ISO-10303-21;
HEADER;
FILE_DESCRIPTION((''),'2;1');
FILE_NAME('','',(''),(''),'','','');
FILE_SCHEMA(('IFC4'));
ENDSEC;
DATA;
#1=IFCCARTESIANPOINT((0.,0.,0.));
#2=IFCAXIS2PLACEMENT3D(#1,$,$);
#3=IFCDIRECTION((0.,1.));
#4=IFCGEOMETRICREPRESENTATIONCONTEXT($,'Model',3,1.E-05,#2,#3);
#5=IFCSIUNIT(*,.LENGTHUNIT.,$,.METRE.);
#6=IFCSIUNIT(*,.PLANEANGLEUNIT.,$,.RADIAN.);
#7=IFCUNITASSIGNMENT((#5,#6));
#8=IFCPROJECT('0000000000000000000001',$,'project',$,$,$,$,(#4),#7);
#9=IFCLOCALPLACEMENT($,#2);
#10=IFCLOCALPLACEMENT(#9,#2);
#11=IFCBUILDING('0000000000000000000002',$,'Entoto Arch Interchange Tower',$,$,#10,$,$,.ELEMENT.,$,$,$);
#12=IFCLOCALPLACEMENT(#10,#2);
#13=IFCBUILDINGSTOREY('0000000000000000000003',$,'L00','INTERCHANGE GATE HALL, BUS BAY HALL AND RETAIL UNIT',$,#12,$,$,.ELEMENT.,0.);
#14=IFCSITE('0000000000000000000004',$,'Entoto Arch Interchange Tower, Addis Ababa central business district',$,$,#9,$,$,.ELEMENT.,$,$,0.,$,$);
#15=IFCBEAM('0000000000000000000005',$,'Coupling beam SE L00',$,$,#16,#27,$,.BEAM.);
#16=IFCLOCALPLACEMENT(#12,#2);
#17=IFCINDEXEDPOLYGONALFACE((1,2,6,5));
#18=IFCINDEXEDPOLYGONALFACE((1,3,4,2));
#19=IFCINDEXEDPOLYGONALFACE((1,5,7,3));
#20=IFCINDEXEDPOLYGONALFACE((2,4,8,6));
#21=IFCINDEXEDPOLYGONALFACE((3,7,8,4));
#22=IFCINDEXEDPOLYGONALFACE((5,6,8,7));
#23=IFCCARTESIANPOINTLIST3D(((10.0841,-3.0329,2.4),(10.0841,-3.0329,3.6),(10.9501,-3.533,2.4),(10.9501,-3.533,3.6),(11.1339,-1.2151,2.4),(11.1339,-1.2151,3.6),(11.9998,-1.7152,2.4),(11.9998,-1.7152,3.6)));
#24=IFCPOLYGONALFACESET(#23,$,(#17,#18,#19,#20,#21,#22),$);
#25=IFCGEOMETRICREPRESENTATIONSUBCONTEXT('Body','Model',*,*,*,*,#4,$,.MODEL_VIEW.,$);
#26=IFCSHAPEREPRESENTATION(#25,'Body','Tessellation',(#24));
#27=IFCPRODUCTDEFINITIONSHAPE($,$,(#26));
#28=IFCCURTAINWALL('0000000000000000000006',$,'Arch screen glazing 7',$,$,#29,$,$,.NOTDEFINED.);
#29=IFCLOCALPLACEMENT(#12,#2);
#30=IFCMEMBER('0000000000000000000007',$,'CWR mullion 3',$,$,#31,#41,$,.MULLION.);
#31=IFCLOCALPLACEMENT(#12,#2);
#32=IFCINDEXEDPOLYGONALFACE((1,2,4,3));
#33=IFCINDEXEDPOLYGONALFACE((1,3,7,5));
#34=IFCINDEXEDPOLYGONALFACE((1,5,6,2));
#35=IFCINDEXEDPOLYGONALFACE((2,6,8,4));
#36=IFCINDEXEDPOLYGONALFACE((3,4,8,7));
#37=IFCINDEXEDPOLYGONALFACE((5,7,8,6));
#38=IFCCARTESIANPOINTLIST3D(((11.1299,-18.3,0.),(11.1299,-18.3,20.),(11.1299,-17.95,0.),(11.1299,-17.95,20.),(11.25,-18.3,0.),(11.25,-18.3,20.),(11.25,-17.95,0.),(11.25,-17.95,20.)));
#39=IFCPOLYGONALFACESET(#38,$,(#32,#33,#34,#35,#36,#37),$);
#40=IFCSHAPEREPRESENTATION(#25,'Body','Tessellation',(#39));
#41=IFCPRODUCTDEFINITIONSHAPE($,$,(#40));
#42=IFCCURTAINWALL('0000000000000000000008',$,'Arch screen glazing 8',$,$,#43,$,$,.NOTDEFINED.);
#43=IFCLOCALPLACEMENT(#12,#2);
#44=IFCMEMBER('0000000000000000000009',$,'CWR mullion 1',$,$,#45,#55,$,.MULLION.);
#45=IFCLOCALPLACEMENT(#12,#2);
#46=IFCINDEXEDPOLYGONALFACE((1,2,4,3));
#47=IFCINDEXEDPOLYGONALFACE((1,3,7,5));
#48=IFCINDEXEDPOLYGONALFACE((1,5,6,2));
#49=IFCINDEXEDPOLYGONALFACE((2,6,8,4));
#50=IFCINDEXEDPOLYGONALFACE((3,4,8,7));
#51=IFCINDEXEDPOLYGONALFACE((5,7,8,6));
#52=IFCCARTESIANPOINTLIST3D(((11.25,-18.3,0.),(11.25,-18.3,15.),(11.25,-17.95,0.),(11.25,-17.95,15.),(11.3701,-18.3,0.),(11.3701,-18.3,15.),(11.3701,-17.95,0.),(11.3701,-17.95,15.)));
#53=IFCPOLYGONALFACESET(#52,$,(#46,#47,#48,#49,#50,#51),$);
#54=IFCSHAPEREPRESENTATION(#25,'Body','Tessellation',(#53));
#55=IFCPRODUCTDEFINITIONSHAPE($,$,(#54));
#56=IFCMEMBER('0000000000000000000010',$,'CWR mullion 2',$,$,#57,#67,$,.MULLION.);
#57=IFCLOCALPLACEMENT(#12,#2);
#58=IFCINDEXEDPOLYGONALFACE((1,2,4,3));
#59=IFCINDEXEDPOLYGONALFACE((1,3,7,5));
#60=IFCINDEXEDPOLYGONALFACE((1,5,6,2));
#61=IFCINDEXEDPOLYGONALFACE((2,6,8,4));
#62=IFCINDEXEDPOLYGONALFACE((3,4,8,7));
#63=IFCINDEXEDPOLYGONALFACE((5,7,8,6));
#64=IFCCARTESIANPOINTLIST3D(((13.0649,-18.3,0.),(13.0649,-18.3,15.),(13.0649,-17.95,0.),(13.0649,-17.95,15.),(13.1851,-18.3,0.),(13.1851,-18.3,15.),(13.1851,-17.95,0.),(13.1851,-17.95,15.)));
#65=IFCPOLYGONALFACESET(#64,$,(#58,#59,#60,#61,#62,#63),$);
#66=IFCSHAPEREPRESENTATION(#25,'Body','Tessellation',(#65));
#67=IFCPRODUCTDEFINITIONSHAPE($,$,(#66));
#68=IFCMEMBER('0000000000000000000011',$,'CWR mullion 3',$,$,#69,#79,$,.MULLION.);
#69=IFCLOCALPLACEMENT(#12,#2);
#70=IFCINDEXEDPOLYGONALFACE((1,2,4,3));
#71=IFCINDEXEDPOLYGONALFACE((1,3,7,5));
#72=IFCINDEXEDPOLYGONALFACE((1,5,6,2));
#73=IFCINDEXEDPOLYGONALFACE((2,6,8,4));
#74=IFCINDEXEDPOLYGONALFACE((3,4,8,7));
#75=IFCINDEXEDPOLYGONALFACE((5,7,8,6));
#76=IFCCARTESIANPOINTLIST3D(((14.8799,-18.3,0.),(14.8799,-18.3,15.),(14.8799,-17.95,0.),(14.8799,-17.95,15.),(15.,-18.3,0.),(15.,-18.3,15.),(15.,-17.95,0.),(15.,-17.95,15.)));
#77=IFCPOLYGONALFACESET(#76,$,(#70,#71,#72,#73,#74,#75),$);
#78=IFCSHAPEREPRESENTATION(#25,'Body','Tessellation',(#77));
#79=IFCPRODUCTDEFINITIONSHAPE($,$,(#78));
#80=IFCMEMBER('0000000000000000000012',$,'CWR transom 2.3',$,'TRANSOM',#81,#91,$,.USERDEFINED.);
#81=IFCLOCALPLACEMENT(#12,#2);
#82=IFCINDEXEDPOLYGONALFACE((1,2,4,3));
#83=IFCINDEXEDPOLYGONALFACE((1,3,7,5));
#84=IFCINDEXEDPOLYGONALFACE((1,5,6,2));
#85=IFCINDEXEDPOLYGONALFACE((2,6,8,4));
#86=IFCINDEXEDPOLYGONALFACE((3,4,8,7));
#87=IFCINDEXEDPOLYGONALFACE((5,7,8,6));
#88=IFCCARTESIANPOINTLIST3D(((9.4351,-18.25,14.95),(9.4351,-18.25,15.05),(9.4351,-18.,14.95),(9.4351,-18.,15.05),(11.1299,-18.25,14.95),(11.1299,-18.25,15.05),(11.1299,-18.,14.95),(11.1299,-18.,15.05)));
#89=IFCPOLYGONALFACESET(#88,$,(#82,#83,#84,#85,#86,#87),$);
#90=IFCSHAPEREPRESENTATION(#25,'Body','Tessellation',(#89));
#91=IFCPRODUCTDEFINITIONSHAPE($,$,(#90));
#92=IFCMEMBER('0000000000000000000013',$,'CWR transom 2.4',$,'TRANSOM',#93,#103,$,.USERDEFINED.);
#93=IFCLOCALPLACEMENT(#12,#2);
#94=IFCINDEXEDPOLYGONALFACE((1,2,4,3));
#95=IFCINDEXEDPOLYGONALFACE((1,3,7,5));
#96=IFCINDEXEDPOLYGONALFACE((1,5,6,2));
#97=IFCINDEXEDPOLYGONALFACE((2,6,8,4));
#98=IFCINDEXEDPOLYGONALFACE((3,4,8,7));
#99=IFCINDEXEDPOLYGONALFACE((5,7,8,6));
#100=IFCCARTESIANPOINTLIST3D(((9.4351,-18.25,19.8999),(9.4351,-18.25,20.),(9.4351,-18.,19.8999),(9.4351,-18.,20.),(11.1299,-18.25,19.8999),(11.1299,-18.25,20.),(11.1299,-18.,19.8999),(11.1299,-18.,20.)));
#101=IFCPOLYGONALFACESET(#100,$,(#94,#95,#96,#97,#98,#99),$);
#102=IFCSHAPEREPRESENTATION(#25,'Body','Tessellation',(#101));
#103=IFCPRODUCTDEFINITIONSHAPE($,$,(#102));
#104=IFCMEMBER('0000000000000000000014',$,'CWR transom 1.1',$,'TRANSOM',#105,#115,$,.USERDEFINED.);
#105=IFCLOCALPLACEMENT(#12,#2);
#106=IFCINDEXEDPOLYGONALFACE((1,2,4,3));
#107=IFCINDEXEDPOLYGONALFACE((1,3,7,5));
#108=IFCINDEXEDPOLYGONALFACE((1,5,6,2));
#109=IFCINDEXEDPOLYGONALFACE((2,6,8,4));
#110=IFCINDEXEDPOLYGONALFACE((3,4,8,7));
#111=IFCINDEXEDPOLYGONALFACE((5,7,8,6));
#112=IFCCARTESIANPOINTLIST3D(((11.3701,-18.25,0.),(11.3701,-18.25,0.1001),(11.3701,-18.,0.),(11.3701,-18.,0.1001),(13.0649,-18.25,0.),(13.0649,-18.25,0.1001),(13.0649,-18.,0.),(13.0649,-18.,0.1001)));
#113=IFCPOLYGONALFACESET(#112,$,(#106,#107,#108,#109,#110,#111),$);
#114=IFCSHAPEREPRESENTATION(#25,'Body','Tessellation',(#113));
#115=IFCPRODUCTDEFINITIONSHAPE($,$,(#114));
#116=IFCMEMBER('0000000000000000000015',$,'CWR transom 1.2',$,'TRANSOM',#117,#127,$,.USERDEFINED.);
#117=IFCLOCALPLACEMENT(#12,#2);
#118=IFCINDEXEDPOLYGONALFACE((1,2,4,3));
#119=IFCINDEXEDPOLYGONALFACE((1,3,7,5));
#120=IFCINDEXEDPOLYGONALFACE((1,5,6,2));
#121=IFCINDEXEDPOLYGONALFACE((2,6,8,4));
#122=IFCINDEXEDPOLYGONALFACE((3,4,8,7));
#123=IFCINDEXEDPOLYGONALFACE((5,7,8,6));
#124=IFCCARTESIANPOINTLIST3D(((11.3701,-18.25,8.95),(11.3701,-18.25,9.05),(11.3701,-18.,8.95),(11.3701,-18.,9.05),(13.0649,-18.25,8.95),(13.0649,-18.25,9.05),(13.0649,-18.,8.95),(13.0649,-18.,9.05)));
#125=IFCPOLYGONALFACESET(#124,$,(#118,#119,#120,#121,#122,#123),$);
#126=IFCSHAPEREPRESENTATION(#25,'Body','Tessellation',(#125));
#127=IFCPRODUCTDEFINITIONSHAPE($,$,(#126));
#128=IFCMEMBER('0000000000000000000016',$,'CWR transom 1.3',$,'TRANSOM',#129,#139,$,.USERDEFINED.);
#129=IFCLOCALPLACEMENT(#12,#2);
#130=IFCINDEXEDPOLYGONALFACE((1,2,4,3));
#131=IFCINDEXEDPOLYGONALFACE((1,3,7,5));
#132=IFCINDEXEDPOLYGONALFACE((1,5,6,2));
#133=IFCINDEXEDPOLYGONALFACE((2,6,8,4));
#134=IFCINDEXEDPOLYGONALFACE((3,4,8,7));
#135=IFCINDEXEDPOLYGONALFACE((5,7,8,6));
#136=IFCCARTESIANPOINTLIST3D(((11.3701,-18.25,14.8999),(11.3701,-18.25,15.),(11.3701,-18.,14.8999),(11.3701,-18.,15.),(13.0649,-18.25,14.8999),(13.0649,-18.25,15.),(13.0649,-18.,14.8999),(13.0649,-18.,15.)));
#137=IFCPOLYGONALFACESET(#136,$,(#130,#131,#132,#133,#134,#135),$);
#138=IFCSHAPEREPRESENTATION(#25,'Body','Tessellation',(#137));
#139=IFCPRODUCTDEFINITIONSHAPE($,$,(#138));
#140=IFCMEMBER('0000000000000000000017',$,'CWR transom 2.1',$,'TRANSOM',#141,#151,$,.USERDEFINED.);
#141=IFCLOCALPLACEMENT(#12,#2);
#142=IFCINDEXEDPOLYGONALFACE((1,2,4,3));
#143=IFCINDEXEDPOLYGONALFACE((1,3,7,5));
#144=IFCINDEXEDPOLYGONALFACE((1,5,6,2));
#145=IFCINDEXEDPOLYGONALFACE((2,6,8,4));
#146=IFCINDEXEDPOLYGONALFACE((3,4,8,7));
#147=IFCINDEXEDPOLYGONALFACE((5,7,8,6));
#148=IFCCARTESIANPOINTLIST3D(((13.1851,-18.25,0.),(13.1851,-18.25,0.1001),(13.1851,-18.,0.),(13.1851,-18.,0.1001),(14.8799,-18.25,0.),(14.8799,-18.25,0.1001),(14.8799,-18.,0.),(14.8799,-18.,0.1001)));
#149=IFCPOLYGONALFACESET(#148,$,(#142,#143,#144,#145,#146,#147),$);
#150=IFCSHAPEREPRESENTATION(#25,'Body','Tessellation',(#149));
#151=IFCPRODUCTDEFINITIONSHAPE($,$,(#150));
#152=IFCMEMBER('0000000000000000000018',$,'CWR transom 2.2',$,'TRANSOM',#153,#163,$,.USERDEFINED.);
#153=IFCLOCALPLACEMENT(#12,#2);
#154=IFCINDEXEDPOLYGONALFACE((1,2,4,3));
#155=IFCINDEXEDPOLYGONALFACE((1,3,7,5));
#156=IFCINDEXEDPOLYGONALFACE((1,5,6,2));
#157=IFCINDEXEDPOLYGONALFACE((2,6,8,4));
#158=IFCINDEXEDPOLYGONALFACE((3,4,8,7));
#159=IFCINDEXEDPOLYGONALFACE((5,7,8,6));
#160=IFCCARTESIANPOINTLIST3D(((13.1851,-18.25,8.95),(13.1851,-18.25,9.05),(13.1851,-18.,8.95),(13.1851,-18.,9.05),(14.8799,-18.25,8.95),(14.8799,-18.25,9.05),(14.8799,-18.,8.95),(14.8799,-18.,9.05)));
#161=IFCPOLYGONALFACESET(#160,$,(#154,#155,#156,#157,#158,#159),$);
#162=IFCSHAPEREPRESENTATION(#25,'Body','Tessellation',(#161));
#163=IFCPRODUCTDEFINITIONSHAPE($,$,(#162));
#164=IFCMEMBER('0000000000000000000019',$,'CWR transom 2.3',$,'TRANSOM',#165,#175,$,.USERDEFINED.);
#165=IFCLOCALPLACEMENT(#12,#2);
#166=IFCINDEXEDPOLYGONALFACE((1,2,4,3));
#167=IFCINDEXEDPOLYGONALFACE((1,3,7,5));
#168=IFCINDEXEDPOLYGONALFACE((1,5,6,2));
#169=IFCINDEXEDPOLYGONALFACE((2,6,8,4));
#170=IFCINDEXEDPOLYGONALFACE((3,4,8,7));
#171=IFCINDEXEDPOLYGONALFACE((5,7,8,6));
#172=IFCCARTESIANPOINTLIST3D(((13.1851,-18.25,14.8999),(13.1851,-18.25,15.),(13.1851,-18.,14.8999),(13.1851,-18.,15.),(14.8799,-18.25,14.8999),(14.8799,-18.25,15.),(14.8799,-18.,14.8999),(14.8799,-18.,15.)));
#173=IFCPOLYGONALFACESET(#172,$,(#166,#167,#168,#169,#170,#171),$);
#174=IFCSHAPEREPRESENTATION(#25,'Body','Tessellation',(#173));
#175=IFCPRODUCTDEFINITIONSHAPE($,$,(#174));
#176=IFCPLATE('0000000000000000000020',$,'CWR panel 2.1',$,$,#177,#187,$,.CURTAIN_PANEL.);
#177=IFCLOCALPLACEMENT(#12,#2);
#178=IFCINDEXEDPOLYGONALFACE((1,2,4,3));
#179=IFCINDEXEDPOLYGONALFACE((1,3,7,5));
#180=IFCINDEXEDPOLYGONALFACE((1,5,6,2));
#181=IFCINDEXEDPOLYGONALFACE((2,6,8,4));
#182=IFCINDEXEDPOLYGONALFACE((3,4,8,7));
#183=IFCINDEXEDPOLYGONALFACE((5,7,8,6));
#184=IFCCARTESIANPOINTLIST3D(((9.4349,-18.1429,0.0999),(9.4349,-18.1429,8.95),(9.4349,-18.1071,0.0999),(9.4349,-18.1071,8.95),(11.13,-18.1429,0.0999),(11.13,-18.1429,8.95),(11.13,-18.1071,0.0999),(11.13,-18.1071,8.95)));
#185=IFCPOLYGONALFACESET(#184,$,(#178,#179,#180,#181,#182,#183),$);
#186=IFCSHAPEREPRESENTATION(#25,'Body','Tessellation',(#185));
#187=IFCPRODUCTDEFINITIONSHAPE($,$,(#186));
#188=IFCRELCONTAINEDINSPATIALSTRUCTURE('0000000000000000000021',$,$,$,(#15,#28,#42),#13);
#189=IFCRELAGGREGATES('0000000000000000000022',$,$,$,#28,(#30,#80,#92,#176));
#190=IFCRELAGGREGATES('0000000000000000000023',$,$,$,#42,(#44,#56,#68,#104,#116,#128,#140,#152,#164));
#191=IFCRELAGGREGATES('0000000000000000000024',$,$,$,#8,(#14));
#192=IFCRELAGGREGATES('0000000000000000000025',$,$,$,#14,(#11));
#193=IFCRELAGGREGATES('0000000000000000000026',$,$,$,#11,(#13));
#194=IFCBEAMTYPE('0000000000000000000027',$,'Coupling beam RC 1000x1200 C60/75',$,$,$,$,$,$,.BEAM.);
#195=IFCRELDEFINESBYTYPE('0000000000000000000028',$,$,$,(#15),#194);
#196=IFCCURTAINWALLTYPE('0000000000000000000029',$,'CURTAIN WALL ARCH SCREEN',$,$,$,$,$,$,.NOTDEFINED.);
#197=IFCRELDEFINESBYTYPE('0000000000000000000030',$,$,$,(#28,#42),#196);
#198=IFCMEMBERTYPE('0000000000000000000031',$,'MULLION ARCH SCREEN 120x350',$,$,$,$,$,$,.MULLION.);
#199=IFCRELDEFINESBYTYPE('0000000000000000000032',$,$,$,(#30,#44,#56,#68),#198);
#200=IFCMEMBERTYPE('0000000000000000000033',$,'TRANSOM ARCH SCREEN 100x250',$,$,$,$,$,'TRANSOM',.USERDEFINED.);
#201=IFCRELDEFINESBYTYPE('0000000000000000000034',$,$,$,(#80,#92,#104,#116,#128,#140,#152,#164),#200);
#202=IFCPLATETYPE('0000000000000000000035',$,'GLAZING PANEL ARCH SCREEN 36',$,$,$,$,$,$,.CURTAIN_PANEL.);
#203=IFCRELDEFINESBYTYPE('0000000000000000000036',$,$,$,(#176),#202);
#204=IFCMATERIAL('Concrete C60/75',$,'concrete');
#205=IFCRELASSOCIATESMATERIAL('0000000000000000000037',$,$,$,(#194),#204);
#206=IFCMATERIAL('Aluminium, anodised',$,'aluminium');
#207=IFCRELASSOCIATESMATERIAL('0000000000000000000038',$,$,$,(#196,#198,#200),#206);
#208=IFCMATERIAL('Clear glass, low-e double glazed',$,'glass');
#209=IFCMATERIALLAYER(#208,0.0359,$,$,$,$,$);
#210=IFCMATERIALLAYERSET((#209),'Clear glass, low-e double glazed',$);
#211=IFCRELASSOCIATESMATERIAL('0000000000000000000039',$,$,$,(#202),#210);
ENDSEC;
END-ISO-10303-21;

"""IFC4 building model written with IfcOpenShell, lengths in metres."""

from ifc_helpers import new_model, si_unit, direction, frame, origin, origin_2d, place, context, subcontext, project, spatial, rectangle, extrude, material, layer, layer_set, material_profile, profile_set, type_object, element, aggregate, save


model = new_model("IFC4")

# Units and contexts
model_context = context("Model", 3, precision=1e-05, world=origin(), true_north=direction((0.0, 1.0)))
body_context = subcontext(model_context, "Body", "Model", "MODEL_VIEW")
ifc_project = project(units=[si_unit("LENGTHUNIT", "METRE"), si_unit("PLANEANGLEUNIT", "RADIAN")], contexts=[model_context])

# Site, building, storey
site_placement = place(None, origin())
site = spatial("IfcSite", under=ifc_project, at=site_placement, Name="Entoto Arch Interchange Tower, Addis Ababa central business district", CompositionType="ELEMENT", RefElevation=0.0)
building_placement = place(site_placement, origin())
building = spatial("IfcBuilding", under=site, at=building_placement, Name="Entoto Arch Interchange Tower", CompositionType="ELEMENT")
storey_placement = place(building_placement, origin())
storey = spatial("IfcBuildingStorey", under=building, at=storey_placement, Name="L00", Description="INTERCHANGE GATE HALL, BUS BAY HALL AND RETAIL UNIT", CompositionType="ELEMENT", Elevation=0.0)

# Beam
ifc_material_1 = material(Name="Concrete C60/75", Category="concrete")
ifc_material_profile_1 = material_profile(ifc_material_1, rectangle(XDim=1.0, YDim=1.2, at=origin_2d()))
ifc_profile_set_1 = profile_set([ifc_material_profile_1], Name="Concrete C60/75")
beam_type = type_object("IfcBeamType", Name="Coupling beam RC 1000x1200 C60/75", PredefinedType="BEAM", material=ifc_profile_set_1)
beam_placement = place(storey_placement, frame((10.5171, -3.283, 3.0), z_axis=(0.500092, 0.865973, 0.0), x_axis=(-0.865973, 0.500092, 0.0)))
element("IfcBeam", 1, at=beam_placement, inside=storey, type_object=beam_type, Name="Coupling beam SE L00", PredefinedType="BEAM", context=body_context, shape_type="SweptSolid", body=[
    extrude(rectangle(XDim=1.0, YDim=1.2, at=origin_2d()), origin(), (0.0, 0.0, 1.0), 2.0991),
])

# Curtain wall, member
ifc_material_2 = material(Name="Aluminium, anodised", Category="aluminium")
curtain_wall_type = type_object("IfcCurtainWallType", Name="CURTAIN WALL ARCH SCREEN", PredefinedType="NOTDEFINED", material=ifc_material_2)
curtain_wall_1_placement = place(storey_placement, origin())
curtain_wall_1 = element("IfcCurtainWall", 2, at=curtain_wall_1_placement, inside=storey, type_object=curtain_wall_type, Name="Arch screen glazing 7", PredefinedType="NOTDEFINED")
ifc_material_profile_2 = material_profile(ifc_material_2, rectangle(XDim=0.3501, YDim=0.1201, at=origin_2d()))
ifc_profile_set_2 = profile_set([ifc_material_profile_2], Name="Aluminium, anodised")
member_type_1 = type_object("IfcMemberType", Name="MULLION ARCH SCREEN 120x350", PredefinedType="MULLION", material=ifc_profile_set_2)
member_1_placement = place(storey_placement, frame((11.1899, -18.125, 0.0), z_axis=(0.0, 0.0, 1.0), x_axis=(0.0, 1.0, 0.0)))
member_1 = element("IfcMember", 3, at=member_1_placement, type_object=member_type_1, Name="CWR mullion 3", PredefinedType="MULLION", context=body_context, shape_type="SweptSolid", body=[
    extrude(rectangle(XDim=0.3501, YDim=0.1201, at=origin_2d()), origin(), (0.0, 0.0, 1.0), 20.0),
])

# Curtain wall, members
curtain_wall_2_placement = place(storey_placement, origin())
curtain_wall_2 = element("IfcCurtainWall", 4, at=curtain_wall_2_placement, inside=storey, type_object=curtain_wall_type, Name="Arch screen glazing 8", PredefinedType="NOTDEFINED")
member_2_placement = place(storey_placement, frame((11.3101, -18.125, 0.0), z_axis=(0.0, 0.0, 1.0), x_axis=(0.0, 1.0, 0.0)))
member_2 = element("IfcMember", 5, at=member_2_placement, type_object=member_type_1, Name="CWR mullion 1", PredefinedType="MULLION", context=body_context, shape_type="SweptSolid", body=[
    extrude(rectangle(XDim=0.3501, YDim=0.1201, at=origin_2d()), origin(), (0.0, 0.0, 1.0), 15.0),
])
member_3_placement = place(storey_placement, frame((13.125, -18.125, 0.0), z_axis=(0.0, 0.0, 1.0), x_axis=(0.0, 1.0, 0.0)))
member_3 = element("IfcMember", 6, at=member_3_placement, type_object=member_type_1, Name="CWR mullion 2", PredefinedType="MULLION", context=body_context, shape_type="SweptSolid", body=[
    extrude(rectangle(XDim=0.3501, YDim=0.1201, at=origin_2d()), origin(), (0.0, 0.0, 1.0), 15.0),
])
member_4_placement = place(storey_placement, frame((14.9399, -18.125, 0.0), z_axis=(0.0, 0.0, 1.0), x_axis=(0.0, 1.0, 0.0)))
member_4 = element("IfcMember", 7, at=member_4_placement, type_object=member_type_1, Name="CWR mullion 3", PredefinedType="MULLION", context=body_context, shape_type="SweptSolid", body=[
    extrude(rectangle(XDim=0.3501, YDim=0.1201, at=origin_2d()), origin(), (0.0, 0.0, 1.0), 15.0),
])

# Members
ifc_material_profile_3 = material_profile(ifc_material_2, rectangle(XDim=0.25, YDim=0.1001, at=origin_2d()))
ifc_profile_set_3 = profile_set([ifc_material_profile_3], Name="Aluminium, anodised")
member_type_2 = type_object("IfcMemberType", Name="TRANSOM ARCH SCREEN 100x250", ElementType="TRANSOM", PredefinedType="USERDEFINED", material=ifc_profile_set_3)
member_5_placement = place(storey_placement, frame((9.4351, -18.125, 15.0), z_axis=(1.0, 0.0, 0.0), x_axis=(0.0, 1.0, 0.0)))
member_5 = element("IfcMember", 8, at=member_5_placement, type_object=member_type_2, Name="CWR transom 2.3", ObjectType="TRANSOM", PredefinedType="USERDEFINED", context=body_context, shape_type="SweptSolid", body=[
    extrude(rectangle(XDim=0.25, YDim=0.1001, at=origin_2d()), origin(), (0.0, 0.0, 1.0), 1.6948),
])
member_6_placement = place(storey_placement, frame((9.4351, -18.125, 19.95), z_axis=(1.0, 0.0, 0.0), x_axis=(0.0, 1.0, 0.0)))
member_6 = element("IfcMember", 9, at=member_6_placement, type_object=member_type_2, Name="CWR transom 2.4", ObjectType="TRANSOM", PredefinedType="USERDEFINED", context=body_context, shape_type="SweptSolid", body=[
    extrude(rectangle(XDim=0.25, YDim=0.1001, at=origin_2d()), origin(), (0.0, 0.0, 1.0), 1.6948),
])
member_7_placement = place(storey_placement, frame((11.3701, -18.125, 0.05), z_axis=(1.0, 0.0, 0.0), x_axis=(0.0, 1.0, 0.0)))
member_7 = element("IfcMember", 10, at=member_7_placement, type_object=member_type_2, Name="CWR transom 1.1", ObjectType="TRANSOM", PredefinedType="USERDEFINED", context=body_context, shape_type="SweptSolid", body=[
    extrude(rectangle(XDim=0.25, YDim=0.1001, at=origin_2d()), origin(), (0.0, 0.0, 1.0), 1.6948),
])
member_8_placement = place(storey_placement, frame((11.3701, -18.125, 9.0), z_axis=(1.0, 0.0, 0.0), x_axis=(0.0, 1.0, 0.0)))
member_8 = element("IfcMember", 11, at=member_8_placement, type_object=member_type_2, Name="CWR transom 1.2", ObjectType="TRANSOM", PredefinedType="USERDEFINED", context=body_context, shape_type="SweptSolid", body=[
    extrude(rectangle(XDim=0.25, YDim=0.1001, at=origin_2d()), origin(), (0.0, 0.0, 1.0), 1.6948),
])
member_9_placement = place(storey_placement, frame((11.3701, -18.125, 14.95), z_axis=(1.0, 0.0, 0.0), x_axis=(0.0, 1.0, 0.0)))
member_9 = element("IfcMember", 12, at=member_9_placement, type_object=member_type_2, Name="CWR transom 1.3", ObjectType="TRANSOM", PredefinedType="USERDEFINED", context=body_context, shape_type="SweptSolid", body=[
    extrude(rectangle(XDim=0.25, YDim=0.1001, at=origin_2d()), origin(), (0.0, 0.0, 1.0), 1.6948),
])
member_10_placement = place(storey_placement, frame((13.1851, -18.125, 0.05), z_axis=(1.0, 0.0, 0.0), x_axis=(0.0, 1.0, 0.0)))
member_10 = element("IfcMember", 13, at=member_10_placement, type_object=member_type_2, Name="CWR transom 2.1", ObjectType="TRANSOM", PredefinedType="USERDEFINED", context=body_context, shape_type="SweptSolid", body=[
    extrude(rectangle(XDim=0.25, YDim=0.1001, at=origin_2d()), origin(), (0.0, 0.0, 1.0), 1.6948),
])
member_11_placement = place(storey_placement, frame((13.1851, -18.125, 9.0), z_axis=(1.0, 0.0, 0.0), x_axis=(0.0, 1.0, 0.0)))
member_11 = element("IfcMember", 14, at=member_11_placement, type_object=member_type_2, Name="CWR transom 2.2", ObjectType="TRANSOM", PredefinedType="USERDEFINED", context=body_context, shape_type="SweptSolid", body=[
    extrude(rectangle(XDim=0.25, YDim=0.1001, at=origin_2d()), origin(), (0.0, 0.0, 1.0), 1.6948),
])
member_12_placement = place(storey_placement, frame((13.1851, -18.125, 14.95), z_axis=(1.0, 0.0, 0.0), x_axis=(0.0, 1.0, 0.0)))
member_12 = element("IfcMember", 15, at=member_12_placement, type_object=member_type_2, Name="CWR transom 2.3", ObjectType="TRANSOM", PredefinedType="USERDEFINED", context=body_context, shape_type="SweptSolid", body=[
    extrude(rectangle(XDim=0.25, YDim=0.1001, at=origin_2d()), origin(), (0.0, 0.0, 1.0), 1.6948),
])

# Plate
ifc_material_3 = material(Name="Clear glass, low-e double glazed", Category="glass")
ifc_layer_1 = layer(ifc_material_3, 0.0359)
ifc_layer_set_1 = layer_set([ifc_layer_1], Name="Clear glass, low-e double glazed")
plate_type = type_object("IfcPlateType", Name="GLAZING PANEL ARCH SCREEN 36", PredefinedType="CURTAIN_PANEL", material=ifc_layer_set_1)
plate_1_placement = place(storey_placement, frame((10.2825, -18.125, 0.0999), z_axis=(0.0, 0.0, 1.0), x_axis=(1.0, 0.0, 0.0)))
plate_1 = element("IfcPlate", 16, at=plate_1_placement, type_object=plate_type, Name="CWR panel 2.1", PredefinedType="CURTAIN_PANEL", context=body_context, shape_type="SweptSolid", body=[
    extrude(rectangle(XDim=1.6951, YDim=0.0359, at=origin_2d()), origin(), (0.0, 0.0, 1.0), 8.8501),
])
aggregate(curtain_wall_1, [member_1, member_5, member_6, plate_1])
aggregate(curtain_wall_2, [member_2, member_3, member_4, member_7, member_8, member_9, member_10, member_11, member_12])

save(model, "model.ifc")
